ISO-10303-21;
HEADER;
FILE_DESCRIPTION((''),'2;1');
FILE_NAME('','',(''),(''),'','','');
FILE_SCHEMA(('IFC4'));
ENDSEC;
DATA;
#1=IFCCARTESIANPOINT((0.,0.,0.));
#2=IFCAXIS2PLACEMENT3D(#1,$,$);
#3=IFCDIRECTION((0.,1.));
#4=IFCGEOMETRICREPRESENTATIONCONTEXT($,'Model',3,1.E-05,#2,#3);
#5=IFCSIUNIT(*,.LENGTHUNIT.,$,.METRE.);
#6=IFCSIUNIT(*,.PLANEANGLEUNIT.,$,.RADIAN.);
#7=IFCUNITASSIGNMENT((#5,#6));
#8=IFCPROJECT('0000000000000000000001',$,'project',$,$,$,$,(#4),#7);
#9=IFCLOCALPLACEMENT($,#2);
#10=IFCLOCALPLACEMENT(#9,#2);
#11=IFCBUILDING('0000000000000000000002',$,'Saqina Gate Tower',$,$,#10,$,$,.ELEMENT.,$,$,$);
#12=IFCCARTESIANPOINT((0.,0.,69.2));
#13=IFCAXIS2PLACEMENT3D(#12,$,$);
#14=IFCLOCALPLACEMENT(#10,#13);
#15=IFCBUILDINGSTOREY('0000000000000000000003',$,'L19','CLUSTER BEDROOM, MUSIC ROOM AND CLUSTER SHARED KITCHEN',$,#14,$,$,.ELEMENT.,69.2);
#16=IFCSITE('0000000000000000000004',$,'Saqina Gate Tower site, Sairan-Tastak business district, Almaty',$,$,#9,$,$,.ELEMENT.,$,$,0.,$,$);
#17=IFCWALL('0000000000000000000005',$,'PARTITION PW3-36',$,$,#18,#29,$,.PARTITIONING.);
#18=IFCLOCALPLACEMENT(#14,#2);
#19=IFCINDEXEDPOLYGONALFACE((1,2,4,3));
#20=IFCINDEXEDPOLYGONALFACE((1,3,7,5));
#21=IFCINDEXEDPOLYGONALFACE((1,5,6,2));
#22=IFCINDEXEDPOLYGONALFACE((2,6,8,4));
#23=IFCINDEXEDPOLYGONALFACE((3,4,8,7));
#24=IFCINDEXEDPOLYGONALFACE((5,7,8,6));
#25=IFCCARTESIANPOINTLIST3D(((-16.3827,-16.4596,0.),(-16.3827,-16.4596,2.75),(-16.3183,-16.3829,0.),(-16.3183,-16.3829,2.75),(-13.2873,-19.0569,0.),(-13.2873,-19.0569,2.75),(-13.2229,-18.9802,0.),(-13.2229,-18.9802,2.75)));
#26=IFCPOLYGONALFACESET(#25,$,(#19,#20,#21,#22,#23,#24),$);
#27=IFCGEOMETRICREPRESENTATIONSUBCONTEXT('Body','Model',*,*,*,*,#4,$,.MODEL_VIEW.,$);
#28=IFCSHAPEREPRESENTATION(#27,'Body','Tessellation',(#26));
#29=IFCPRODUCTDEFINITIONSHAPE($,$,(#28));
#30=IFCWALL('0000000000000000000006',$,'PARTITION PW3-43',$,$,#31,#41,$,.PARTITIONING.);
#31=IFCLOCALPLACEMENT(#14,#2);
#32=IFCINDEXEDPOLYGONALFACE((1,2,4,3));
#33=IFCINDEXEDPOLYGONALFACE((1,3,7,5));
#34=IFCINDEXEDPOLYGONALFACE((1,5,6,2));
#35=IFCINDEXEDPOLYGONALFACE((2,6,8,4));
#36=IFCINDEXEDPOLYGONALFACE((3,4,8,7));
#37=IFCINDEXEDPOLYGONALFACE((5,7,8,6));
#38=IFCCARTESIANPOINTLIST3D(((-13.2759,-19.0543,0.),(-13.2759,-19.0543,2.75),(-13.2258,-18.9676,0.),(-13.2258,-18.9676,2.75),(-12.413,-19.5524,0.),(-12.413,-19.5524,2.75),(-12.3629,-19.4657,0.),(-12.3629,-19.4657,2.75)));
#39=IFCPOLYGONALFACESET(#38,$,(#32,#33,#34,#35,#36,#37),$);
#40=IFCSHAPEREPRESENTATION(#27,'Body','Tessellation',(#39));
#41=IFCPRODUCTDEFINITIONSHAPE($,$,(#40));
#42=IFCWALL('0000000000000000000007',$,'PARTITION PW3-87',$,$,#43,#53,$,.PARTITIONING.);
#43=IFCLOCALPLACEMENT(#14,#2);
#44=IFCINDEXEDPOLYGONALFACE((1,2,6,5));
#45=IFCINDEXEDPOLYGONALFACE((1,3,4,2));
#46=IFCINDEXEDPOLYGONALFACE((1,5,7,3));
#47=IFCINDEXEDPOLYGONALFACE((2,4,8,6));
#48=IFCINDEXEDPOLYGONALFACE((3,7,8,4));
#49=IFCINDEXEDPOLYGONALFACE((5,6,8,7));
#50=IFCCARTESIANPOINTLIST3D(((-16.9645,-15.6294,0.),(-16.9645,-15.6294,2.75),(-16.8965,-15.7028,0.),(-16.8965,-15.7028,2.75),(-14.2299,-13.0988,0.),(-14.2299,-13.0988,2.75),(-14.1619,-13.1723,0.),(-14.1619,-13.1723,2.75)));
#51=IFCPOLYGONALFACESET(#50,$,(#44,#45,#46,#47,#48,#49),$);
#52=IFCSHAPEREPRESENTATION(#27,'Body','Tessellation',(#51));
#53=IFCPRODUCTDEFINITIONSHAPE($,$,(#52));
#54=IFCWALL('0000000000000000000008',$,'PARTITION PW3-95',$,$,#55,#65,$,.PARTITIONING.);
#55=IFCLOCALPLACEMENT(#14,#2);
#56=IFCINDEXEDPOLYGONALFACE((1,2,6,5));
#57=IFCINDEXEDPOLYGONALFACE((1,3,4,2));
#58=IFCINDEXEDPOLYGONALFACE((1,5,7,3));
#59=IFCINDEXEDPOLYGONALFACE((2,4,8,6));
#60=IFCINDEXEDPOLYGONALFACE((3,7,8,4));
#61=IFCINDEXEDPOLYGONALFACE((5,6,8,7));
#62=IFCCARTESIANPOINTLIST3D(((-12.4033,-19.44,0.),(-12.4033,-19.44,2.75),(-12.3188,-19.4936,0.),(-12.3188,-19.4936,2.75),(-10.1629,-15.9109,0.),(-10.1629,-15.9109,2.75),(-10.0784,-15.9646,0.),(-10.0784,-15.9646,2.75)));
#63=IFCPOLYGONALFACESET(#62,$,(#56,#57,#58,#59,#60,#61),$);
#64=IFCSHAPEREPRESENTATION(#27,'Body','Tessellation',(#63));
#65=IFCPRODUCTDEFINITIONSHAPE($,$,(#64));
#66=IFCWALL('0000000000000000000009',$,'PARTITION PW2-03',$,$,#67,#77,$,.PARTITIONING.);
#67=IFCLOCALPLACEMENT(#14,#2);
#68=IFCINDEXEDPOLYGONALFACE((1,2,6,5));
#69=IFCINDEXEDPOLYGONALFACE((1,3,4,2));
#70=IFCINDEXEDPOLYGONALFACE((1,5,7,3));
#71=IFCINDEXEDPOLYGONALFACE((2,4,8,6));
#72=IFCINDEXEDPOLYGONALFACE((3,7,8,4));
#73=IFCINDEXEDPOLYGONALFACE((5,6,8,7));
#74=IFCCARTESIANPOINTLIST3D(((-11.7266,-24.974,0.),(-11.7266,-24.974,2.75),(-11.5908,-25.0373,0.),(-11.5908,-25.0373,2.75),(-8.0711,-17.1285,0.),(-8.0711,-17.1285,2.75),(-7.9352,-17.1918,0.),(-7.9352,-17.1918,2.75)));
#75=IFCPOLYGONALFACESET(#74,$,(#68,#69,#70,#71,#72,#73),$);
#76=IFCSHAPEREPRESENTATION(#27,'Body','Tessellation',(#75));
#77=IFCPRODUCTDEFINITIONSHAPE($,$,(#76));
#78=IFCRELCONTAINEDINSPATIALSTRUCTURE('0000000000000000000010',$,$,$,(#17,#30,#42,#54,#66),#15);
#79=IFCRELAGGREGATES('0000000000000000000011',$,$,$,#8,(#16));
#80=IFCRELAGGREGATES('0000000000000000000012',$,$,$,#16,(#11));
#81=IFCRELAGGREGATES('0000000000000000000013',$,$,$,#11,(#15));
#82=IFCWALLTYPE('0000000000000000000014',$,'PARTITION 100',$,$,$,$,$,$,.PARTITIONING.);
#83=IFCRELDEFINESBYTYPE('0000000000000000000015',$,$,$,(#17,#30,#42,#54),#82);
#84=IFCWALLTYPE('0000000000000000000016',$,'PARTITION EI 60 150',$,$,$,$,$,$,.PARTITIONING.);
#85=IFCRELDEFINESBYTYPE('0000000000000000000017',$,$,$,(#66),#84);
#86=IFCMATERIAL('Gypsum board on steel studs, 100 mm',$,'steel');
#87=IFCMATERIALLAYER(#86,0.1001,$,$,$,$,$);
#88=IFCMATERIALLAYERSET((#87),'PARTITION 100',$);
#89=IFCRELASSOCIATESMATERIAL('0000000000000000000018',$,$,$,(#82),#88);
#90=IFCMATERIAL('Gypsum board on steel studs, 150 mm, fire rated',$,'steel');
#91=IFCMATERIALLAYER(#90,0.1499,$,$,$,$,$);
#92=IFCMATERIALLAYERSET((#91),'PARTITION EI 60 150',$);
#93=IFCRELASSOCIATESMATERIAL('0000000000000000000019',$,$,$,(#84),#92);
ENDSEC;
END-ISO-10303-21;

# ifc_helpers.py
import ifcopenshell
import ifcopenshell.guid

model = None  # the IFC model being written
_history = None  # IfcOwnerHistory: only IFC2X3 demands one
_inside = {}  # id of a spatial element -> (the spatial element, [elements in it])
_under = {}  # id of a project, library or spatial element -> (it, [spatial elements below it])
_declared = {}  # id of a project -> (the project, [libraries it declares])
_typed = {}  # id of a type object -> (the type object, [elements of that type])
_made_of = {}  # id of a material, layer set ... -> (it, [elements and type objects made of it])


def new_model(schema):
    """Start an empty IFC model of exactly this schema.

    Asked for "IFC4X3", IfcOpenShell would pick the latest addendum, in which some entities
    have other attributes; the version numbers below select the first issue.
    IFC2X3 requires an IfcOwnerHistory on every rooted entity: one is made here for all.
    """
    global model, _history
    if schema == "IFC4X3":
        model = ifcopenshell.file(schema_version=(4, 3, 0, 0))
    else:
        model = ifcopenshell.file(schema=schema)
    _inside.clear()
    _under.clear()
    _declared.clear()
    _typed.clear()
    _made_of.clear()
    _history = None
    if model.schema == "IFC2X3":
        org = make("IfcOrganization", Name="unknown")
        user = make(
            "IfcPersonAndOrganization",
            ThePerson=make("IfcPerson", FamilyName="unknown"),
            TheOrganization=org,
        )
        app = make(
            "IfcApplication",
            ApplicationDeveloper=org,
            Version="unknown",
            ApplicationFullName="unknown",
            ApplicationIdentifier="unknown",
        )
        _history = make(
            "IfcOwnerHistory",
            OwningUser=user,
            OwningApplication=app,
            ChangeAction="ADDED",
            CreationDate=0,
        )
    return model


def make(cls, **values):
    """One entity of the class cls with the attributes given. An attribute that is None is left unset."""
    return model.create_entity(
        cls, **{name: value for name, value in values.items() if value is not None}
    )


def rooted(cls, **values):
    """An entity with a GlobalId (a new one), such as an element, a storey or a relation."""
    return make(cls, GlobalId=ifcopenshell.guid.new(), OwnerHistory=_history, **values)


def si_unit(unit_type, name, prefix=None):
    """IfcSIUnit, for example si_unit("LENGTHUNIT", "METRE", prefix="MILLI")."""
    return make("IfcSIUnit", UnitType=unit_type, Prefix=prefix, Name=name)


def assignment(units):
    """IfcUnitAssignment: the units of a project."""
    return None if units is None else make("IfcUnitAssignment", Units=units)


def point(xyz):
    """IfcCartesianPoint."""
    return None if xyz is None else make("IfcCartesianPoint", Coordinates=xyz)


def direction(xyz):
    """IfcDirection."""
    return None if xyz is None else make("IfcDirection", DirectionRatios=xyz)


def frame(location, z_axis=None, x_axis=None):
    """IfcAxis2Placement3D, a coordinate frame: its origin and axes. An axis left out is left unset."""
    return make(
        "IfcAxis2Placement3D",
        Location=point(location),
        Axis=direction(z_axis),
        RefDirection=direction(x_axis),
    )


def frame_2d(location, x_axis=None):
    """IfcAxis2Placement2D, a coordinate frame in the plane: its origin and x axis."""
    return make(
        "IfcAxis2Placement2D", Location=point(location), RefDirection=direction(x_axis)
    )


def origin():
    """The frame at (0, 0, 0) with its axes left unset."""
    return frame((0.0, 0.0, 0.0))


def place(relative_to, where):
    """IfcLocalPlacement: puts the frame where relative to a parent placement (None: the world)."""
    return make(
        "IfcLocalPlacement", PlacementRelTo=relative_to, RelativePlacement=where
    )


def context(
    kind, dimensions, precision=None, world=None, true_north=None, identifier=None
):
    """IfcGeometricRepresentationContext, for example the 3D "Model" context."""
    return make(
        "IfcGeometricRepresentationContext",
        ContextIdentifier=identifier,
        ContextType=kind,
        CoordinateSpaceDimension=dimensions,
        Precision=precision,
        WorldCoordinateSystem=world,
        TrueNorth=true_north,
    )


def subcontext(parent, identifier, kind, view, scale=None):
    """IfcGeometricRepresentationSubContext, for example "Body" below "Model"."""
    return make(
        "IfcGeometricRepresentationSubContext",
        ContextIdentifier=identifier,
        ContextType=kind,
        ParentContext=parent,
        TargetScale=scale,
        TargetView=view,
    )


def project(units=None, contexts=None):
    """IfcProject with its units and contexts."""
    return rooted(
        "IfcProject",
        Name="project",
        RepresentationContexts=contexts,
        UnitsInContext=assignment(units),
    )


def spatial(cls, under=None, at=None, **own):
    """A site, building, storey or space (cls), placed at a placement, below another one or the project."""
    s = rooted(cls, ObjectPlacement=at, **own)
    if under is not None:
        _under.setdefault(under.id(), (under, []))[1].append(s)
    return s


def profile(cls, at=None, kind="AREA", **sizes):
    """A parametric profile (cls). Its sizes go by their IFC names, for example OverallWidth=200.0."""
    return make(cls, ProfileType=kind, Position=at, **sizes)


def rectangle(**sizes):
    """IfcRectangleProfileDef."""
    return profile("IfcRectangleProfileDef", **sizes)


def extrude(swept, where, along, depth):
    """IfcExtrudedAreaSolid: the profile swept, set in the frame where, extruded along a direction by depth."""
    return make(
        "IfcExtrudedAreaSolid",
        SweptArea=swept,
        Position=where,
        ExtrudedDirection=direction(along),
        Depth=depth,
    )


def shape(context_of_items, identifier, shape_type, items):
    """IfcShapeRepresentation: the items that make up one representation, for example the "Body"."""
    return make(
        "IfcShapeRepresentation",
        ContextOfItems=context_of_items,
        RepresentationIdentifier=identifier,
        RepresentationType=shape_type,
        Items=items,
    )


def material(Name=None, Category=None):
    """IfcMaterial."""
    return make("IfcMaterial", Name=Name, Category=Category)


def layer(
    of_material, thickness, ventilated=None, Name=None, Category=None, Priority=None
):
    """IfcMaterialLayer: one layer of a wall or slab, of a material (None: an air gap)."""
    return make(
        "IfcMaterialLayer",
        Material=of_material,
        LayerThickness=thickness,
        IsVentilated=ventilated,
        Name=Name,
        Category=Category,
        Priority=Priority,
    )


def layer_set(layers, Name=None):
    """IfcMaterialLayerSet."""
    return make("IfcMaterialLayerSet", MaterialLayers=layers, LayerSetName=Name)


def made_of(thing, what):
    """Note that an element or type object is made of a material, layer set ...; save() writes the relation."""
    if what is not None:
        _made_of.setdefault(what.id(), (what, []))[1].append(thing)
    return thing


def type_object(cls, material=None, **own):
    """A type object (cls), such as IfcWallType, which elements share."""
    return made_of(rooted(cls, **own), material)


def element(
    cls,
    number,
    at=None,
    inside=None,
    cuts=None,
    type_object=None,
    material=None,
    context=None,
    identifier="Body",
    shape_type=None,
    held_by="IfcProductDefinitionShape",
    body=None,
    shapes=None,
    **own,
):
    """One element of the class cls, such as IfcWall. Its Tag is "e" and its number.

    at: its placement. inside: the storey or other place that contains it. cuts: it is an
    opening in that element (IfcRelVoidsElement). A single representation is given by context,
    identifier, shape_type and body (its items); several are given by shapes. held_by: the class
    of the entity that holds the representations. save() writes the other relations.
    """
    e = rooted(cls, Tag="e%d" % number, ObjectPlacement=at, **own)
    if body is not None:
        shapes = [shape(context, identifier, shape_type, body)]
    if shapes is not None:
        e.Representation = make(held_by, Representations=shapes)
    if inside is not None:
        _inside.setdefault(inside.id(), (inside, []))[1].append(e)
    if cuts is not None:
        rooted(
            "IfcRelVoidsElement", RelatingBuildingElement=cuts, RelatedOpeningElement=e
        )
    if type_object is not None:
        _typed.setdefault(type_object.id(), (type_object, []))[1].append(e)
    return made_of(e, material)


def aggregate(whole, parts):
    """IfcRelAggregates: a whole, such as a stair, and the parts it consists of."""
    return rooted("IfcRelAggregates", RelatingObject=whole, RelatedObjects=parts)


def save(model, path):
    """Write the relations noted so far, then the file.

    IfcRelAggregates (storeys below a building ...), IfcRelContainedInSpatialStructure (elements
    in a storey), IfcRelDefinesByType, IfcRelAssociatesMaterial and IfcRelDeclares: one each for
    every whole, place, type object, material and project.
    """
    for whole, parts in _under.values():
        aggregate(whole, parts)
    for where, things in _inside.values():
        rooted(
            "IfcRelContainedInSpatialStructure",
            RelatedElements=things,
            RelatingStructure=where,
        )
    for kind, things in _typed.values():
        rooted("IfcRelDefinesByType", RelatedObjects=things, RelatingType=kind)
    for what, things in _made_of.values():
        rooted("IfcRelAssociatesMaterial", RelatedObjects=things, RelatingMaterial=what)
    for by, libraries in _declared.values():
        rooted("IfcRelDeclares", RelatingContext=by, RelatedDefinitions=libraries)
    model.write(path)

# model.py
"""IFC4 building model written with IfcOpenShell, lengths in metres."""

from ifc_helpers import new_model, si_unit, direction, frame, frame_2d, origin, place, context, subcontext, project, spatial, rectangle, extrude, material, layer, layer_set, type_object, element, save


model = new_model("IFC4")

# Units and contexts
model_context = context("Model", 3, precision=1e-05, world=origin(), true_north=direction((0.0, 1.0)))
body_context = subcontext(model_context, "Body", "Model", "MODEL_VIEW")
ifc_project = project(units=[si_unit("LENGTHUNIT", "METRE"), si_unit("PLANEANGLEUNIT", "RADIAN")], contexts=[model_context])

# Site, building, storey
site_placement = place(None, origin())
site = spatial("IfcSite", under=ifc_project, at=site_placement, Name="Saqina Gate Tower site, Sairan-Tastak business district, Almaty", CompositionType="ELEMENT", RefElevation=0.0)
building_placement = place(site_placement, origin())
building = spatial("IfcBuilding", under=site, at=building_placement, Name="Saqina Gate Tower", CompositionType="ELEMENT")
storey_placement = place(building_placement, frame((0.0, 0.0, 69.2)))
storey = spatial("IfcBuildingStorey", under=building, at=storey_placement, Name="L19", Description="CLUSTER BEDROOM, MUSIC ROOM AND CLUSTER SHARED KITCHEN", CompositionType="ELEMENT", Elevation=69.2)

# Walls
ifc_material_1 = material(Name="Gypsum board on steel studs, 100 mm", Category="steel")
ifc_layer_1 = layer(ifc_material_1, 0.1001)
ifc_layer_set_1 = layer_set([ifc_layer_1], Name="PARTITION 100")
wall_type_1 = type_object("IfcWallType", Name="PARTITION 100", PredefinedType="PARTITIONING", material=ifc_layer_set_1)
wall_1_placement = place(storey_placement, frame((-16.3506, -16.4211, 0.0), z_axis=(0.0, 0.0, 1.0), x_axis=(0.766043, -0.64279, 0.0)))
element("IfcWall", 1, at=wall_1_placement, inside=storey, type_object=wall_type_1, Name="PARTITION PW3-36", PredefinedType="PARTITIONING", context=body_context, shape_type="SweptSolid", body=[
    extrude(rectangle(XDim=4.0408, YDim=0.1001, at=frame_2d((2.0205, 0.0))), origin(), (0.0, 0.0, 1.0), 2.75),
])
wall_2_placement = place(storey_placement, frame((-13.2507, -19.011, 0.0), z_axis=(0.0, 0.0, 1.0), x_axis=(0.866063, -0.499935, 0.0)))
element("IfcWall", 2, at=wall_2_placement, inside=storey, type_object=wall_type_1, Name="PARTITION PW3-43", PredefinedType="PARTITIONING", context=body_context, shape_type="SweptSolid", body=[
    extrude(rectangle(XDim=0.9963, YDim=0.1001, at=frame_2d((0.498, 0.0))), origin(), (0.0, 0.0, 1.0), 2.75),
])
wall_3_placement = place(storey_placement, frame((-16.9304, -15.666, 0.0), z_axis=(0.0, 0.0, 1.0), x_axis=(0.733966, 0.679186, 0.0)))
element("IfcWall", 3, at=wall_3_placement, inside=storey, type_object=wall_type_1, Name="PARTITION PW3-87", PredefinedType="PARTITIONING", context=body_context, shape_type="SweptSolid", body=[
    extrude(rectangle(XDim=3.7258, YDim=0.1001, at=frame_2d((1.8628, 0.0))), origin(), (0.0, 0.0, 1.0), 2.75),
])
wall_4_placement = place(storey_placement, frame((-12.3611, -19.4668, 0.0), z_axis=(0.0, 0.0, 1.0), x_axis=(0.535976, 0.844233, 0.0)))
element("IfcWall", 4, at=wall_4_placement, inside=storey, type_object=wall_type_1, Name="PARTITION PW3-95", PredefinedType="PARTITIONING", context=body_context, shape_type="SweptSolid", body=[
    extrude(rectangle(XDim=4.1802, YDim=0.1001, at=frame_2d((2.0901, 0.0))), origin(), (0.0, 0.0, 1.0), 2.75),
])
ifc_material_2 = material(Name="Gypsum board on steel studs, 150 mm, fire rated", Category="steel")
ifc_layer_2 = layer(ifc_material_2, 0.1499)
ifc_layer_set_2 = layer_set([ifc_layer_2], Name="PARTITION EI 60 150")
wall_type_2 = type_object("IfcWallType", Name="PARTITION EI 60 150", PredefinedType="PARTITIONING", material=ifc_layer_set_2)
wall_5_placement = place(storey_placement, frame((-11.6587, -25.0056, 0.0), z_axis=(0.0, 0.0, 1.0), x_axis=(0.422345, 0.906435, 0.0)))
element("IfcWall", 5, at=wall_5_placement, inside=storey, type_object=wall_type_2, Name="PARTITION PW2-03", PredefinedType="PARTITIONING", context=body_context, shape_type="SweptSolid", body=[
    extrude(rectangle(XDim=8.6553, YDim=0.1499, at=frame_2d((4.3276, 0.0))), origin(), (0.0, 0.0, 1.0), 2.75),
])

save(model, "model.ifc")
